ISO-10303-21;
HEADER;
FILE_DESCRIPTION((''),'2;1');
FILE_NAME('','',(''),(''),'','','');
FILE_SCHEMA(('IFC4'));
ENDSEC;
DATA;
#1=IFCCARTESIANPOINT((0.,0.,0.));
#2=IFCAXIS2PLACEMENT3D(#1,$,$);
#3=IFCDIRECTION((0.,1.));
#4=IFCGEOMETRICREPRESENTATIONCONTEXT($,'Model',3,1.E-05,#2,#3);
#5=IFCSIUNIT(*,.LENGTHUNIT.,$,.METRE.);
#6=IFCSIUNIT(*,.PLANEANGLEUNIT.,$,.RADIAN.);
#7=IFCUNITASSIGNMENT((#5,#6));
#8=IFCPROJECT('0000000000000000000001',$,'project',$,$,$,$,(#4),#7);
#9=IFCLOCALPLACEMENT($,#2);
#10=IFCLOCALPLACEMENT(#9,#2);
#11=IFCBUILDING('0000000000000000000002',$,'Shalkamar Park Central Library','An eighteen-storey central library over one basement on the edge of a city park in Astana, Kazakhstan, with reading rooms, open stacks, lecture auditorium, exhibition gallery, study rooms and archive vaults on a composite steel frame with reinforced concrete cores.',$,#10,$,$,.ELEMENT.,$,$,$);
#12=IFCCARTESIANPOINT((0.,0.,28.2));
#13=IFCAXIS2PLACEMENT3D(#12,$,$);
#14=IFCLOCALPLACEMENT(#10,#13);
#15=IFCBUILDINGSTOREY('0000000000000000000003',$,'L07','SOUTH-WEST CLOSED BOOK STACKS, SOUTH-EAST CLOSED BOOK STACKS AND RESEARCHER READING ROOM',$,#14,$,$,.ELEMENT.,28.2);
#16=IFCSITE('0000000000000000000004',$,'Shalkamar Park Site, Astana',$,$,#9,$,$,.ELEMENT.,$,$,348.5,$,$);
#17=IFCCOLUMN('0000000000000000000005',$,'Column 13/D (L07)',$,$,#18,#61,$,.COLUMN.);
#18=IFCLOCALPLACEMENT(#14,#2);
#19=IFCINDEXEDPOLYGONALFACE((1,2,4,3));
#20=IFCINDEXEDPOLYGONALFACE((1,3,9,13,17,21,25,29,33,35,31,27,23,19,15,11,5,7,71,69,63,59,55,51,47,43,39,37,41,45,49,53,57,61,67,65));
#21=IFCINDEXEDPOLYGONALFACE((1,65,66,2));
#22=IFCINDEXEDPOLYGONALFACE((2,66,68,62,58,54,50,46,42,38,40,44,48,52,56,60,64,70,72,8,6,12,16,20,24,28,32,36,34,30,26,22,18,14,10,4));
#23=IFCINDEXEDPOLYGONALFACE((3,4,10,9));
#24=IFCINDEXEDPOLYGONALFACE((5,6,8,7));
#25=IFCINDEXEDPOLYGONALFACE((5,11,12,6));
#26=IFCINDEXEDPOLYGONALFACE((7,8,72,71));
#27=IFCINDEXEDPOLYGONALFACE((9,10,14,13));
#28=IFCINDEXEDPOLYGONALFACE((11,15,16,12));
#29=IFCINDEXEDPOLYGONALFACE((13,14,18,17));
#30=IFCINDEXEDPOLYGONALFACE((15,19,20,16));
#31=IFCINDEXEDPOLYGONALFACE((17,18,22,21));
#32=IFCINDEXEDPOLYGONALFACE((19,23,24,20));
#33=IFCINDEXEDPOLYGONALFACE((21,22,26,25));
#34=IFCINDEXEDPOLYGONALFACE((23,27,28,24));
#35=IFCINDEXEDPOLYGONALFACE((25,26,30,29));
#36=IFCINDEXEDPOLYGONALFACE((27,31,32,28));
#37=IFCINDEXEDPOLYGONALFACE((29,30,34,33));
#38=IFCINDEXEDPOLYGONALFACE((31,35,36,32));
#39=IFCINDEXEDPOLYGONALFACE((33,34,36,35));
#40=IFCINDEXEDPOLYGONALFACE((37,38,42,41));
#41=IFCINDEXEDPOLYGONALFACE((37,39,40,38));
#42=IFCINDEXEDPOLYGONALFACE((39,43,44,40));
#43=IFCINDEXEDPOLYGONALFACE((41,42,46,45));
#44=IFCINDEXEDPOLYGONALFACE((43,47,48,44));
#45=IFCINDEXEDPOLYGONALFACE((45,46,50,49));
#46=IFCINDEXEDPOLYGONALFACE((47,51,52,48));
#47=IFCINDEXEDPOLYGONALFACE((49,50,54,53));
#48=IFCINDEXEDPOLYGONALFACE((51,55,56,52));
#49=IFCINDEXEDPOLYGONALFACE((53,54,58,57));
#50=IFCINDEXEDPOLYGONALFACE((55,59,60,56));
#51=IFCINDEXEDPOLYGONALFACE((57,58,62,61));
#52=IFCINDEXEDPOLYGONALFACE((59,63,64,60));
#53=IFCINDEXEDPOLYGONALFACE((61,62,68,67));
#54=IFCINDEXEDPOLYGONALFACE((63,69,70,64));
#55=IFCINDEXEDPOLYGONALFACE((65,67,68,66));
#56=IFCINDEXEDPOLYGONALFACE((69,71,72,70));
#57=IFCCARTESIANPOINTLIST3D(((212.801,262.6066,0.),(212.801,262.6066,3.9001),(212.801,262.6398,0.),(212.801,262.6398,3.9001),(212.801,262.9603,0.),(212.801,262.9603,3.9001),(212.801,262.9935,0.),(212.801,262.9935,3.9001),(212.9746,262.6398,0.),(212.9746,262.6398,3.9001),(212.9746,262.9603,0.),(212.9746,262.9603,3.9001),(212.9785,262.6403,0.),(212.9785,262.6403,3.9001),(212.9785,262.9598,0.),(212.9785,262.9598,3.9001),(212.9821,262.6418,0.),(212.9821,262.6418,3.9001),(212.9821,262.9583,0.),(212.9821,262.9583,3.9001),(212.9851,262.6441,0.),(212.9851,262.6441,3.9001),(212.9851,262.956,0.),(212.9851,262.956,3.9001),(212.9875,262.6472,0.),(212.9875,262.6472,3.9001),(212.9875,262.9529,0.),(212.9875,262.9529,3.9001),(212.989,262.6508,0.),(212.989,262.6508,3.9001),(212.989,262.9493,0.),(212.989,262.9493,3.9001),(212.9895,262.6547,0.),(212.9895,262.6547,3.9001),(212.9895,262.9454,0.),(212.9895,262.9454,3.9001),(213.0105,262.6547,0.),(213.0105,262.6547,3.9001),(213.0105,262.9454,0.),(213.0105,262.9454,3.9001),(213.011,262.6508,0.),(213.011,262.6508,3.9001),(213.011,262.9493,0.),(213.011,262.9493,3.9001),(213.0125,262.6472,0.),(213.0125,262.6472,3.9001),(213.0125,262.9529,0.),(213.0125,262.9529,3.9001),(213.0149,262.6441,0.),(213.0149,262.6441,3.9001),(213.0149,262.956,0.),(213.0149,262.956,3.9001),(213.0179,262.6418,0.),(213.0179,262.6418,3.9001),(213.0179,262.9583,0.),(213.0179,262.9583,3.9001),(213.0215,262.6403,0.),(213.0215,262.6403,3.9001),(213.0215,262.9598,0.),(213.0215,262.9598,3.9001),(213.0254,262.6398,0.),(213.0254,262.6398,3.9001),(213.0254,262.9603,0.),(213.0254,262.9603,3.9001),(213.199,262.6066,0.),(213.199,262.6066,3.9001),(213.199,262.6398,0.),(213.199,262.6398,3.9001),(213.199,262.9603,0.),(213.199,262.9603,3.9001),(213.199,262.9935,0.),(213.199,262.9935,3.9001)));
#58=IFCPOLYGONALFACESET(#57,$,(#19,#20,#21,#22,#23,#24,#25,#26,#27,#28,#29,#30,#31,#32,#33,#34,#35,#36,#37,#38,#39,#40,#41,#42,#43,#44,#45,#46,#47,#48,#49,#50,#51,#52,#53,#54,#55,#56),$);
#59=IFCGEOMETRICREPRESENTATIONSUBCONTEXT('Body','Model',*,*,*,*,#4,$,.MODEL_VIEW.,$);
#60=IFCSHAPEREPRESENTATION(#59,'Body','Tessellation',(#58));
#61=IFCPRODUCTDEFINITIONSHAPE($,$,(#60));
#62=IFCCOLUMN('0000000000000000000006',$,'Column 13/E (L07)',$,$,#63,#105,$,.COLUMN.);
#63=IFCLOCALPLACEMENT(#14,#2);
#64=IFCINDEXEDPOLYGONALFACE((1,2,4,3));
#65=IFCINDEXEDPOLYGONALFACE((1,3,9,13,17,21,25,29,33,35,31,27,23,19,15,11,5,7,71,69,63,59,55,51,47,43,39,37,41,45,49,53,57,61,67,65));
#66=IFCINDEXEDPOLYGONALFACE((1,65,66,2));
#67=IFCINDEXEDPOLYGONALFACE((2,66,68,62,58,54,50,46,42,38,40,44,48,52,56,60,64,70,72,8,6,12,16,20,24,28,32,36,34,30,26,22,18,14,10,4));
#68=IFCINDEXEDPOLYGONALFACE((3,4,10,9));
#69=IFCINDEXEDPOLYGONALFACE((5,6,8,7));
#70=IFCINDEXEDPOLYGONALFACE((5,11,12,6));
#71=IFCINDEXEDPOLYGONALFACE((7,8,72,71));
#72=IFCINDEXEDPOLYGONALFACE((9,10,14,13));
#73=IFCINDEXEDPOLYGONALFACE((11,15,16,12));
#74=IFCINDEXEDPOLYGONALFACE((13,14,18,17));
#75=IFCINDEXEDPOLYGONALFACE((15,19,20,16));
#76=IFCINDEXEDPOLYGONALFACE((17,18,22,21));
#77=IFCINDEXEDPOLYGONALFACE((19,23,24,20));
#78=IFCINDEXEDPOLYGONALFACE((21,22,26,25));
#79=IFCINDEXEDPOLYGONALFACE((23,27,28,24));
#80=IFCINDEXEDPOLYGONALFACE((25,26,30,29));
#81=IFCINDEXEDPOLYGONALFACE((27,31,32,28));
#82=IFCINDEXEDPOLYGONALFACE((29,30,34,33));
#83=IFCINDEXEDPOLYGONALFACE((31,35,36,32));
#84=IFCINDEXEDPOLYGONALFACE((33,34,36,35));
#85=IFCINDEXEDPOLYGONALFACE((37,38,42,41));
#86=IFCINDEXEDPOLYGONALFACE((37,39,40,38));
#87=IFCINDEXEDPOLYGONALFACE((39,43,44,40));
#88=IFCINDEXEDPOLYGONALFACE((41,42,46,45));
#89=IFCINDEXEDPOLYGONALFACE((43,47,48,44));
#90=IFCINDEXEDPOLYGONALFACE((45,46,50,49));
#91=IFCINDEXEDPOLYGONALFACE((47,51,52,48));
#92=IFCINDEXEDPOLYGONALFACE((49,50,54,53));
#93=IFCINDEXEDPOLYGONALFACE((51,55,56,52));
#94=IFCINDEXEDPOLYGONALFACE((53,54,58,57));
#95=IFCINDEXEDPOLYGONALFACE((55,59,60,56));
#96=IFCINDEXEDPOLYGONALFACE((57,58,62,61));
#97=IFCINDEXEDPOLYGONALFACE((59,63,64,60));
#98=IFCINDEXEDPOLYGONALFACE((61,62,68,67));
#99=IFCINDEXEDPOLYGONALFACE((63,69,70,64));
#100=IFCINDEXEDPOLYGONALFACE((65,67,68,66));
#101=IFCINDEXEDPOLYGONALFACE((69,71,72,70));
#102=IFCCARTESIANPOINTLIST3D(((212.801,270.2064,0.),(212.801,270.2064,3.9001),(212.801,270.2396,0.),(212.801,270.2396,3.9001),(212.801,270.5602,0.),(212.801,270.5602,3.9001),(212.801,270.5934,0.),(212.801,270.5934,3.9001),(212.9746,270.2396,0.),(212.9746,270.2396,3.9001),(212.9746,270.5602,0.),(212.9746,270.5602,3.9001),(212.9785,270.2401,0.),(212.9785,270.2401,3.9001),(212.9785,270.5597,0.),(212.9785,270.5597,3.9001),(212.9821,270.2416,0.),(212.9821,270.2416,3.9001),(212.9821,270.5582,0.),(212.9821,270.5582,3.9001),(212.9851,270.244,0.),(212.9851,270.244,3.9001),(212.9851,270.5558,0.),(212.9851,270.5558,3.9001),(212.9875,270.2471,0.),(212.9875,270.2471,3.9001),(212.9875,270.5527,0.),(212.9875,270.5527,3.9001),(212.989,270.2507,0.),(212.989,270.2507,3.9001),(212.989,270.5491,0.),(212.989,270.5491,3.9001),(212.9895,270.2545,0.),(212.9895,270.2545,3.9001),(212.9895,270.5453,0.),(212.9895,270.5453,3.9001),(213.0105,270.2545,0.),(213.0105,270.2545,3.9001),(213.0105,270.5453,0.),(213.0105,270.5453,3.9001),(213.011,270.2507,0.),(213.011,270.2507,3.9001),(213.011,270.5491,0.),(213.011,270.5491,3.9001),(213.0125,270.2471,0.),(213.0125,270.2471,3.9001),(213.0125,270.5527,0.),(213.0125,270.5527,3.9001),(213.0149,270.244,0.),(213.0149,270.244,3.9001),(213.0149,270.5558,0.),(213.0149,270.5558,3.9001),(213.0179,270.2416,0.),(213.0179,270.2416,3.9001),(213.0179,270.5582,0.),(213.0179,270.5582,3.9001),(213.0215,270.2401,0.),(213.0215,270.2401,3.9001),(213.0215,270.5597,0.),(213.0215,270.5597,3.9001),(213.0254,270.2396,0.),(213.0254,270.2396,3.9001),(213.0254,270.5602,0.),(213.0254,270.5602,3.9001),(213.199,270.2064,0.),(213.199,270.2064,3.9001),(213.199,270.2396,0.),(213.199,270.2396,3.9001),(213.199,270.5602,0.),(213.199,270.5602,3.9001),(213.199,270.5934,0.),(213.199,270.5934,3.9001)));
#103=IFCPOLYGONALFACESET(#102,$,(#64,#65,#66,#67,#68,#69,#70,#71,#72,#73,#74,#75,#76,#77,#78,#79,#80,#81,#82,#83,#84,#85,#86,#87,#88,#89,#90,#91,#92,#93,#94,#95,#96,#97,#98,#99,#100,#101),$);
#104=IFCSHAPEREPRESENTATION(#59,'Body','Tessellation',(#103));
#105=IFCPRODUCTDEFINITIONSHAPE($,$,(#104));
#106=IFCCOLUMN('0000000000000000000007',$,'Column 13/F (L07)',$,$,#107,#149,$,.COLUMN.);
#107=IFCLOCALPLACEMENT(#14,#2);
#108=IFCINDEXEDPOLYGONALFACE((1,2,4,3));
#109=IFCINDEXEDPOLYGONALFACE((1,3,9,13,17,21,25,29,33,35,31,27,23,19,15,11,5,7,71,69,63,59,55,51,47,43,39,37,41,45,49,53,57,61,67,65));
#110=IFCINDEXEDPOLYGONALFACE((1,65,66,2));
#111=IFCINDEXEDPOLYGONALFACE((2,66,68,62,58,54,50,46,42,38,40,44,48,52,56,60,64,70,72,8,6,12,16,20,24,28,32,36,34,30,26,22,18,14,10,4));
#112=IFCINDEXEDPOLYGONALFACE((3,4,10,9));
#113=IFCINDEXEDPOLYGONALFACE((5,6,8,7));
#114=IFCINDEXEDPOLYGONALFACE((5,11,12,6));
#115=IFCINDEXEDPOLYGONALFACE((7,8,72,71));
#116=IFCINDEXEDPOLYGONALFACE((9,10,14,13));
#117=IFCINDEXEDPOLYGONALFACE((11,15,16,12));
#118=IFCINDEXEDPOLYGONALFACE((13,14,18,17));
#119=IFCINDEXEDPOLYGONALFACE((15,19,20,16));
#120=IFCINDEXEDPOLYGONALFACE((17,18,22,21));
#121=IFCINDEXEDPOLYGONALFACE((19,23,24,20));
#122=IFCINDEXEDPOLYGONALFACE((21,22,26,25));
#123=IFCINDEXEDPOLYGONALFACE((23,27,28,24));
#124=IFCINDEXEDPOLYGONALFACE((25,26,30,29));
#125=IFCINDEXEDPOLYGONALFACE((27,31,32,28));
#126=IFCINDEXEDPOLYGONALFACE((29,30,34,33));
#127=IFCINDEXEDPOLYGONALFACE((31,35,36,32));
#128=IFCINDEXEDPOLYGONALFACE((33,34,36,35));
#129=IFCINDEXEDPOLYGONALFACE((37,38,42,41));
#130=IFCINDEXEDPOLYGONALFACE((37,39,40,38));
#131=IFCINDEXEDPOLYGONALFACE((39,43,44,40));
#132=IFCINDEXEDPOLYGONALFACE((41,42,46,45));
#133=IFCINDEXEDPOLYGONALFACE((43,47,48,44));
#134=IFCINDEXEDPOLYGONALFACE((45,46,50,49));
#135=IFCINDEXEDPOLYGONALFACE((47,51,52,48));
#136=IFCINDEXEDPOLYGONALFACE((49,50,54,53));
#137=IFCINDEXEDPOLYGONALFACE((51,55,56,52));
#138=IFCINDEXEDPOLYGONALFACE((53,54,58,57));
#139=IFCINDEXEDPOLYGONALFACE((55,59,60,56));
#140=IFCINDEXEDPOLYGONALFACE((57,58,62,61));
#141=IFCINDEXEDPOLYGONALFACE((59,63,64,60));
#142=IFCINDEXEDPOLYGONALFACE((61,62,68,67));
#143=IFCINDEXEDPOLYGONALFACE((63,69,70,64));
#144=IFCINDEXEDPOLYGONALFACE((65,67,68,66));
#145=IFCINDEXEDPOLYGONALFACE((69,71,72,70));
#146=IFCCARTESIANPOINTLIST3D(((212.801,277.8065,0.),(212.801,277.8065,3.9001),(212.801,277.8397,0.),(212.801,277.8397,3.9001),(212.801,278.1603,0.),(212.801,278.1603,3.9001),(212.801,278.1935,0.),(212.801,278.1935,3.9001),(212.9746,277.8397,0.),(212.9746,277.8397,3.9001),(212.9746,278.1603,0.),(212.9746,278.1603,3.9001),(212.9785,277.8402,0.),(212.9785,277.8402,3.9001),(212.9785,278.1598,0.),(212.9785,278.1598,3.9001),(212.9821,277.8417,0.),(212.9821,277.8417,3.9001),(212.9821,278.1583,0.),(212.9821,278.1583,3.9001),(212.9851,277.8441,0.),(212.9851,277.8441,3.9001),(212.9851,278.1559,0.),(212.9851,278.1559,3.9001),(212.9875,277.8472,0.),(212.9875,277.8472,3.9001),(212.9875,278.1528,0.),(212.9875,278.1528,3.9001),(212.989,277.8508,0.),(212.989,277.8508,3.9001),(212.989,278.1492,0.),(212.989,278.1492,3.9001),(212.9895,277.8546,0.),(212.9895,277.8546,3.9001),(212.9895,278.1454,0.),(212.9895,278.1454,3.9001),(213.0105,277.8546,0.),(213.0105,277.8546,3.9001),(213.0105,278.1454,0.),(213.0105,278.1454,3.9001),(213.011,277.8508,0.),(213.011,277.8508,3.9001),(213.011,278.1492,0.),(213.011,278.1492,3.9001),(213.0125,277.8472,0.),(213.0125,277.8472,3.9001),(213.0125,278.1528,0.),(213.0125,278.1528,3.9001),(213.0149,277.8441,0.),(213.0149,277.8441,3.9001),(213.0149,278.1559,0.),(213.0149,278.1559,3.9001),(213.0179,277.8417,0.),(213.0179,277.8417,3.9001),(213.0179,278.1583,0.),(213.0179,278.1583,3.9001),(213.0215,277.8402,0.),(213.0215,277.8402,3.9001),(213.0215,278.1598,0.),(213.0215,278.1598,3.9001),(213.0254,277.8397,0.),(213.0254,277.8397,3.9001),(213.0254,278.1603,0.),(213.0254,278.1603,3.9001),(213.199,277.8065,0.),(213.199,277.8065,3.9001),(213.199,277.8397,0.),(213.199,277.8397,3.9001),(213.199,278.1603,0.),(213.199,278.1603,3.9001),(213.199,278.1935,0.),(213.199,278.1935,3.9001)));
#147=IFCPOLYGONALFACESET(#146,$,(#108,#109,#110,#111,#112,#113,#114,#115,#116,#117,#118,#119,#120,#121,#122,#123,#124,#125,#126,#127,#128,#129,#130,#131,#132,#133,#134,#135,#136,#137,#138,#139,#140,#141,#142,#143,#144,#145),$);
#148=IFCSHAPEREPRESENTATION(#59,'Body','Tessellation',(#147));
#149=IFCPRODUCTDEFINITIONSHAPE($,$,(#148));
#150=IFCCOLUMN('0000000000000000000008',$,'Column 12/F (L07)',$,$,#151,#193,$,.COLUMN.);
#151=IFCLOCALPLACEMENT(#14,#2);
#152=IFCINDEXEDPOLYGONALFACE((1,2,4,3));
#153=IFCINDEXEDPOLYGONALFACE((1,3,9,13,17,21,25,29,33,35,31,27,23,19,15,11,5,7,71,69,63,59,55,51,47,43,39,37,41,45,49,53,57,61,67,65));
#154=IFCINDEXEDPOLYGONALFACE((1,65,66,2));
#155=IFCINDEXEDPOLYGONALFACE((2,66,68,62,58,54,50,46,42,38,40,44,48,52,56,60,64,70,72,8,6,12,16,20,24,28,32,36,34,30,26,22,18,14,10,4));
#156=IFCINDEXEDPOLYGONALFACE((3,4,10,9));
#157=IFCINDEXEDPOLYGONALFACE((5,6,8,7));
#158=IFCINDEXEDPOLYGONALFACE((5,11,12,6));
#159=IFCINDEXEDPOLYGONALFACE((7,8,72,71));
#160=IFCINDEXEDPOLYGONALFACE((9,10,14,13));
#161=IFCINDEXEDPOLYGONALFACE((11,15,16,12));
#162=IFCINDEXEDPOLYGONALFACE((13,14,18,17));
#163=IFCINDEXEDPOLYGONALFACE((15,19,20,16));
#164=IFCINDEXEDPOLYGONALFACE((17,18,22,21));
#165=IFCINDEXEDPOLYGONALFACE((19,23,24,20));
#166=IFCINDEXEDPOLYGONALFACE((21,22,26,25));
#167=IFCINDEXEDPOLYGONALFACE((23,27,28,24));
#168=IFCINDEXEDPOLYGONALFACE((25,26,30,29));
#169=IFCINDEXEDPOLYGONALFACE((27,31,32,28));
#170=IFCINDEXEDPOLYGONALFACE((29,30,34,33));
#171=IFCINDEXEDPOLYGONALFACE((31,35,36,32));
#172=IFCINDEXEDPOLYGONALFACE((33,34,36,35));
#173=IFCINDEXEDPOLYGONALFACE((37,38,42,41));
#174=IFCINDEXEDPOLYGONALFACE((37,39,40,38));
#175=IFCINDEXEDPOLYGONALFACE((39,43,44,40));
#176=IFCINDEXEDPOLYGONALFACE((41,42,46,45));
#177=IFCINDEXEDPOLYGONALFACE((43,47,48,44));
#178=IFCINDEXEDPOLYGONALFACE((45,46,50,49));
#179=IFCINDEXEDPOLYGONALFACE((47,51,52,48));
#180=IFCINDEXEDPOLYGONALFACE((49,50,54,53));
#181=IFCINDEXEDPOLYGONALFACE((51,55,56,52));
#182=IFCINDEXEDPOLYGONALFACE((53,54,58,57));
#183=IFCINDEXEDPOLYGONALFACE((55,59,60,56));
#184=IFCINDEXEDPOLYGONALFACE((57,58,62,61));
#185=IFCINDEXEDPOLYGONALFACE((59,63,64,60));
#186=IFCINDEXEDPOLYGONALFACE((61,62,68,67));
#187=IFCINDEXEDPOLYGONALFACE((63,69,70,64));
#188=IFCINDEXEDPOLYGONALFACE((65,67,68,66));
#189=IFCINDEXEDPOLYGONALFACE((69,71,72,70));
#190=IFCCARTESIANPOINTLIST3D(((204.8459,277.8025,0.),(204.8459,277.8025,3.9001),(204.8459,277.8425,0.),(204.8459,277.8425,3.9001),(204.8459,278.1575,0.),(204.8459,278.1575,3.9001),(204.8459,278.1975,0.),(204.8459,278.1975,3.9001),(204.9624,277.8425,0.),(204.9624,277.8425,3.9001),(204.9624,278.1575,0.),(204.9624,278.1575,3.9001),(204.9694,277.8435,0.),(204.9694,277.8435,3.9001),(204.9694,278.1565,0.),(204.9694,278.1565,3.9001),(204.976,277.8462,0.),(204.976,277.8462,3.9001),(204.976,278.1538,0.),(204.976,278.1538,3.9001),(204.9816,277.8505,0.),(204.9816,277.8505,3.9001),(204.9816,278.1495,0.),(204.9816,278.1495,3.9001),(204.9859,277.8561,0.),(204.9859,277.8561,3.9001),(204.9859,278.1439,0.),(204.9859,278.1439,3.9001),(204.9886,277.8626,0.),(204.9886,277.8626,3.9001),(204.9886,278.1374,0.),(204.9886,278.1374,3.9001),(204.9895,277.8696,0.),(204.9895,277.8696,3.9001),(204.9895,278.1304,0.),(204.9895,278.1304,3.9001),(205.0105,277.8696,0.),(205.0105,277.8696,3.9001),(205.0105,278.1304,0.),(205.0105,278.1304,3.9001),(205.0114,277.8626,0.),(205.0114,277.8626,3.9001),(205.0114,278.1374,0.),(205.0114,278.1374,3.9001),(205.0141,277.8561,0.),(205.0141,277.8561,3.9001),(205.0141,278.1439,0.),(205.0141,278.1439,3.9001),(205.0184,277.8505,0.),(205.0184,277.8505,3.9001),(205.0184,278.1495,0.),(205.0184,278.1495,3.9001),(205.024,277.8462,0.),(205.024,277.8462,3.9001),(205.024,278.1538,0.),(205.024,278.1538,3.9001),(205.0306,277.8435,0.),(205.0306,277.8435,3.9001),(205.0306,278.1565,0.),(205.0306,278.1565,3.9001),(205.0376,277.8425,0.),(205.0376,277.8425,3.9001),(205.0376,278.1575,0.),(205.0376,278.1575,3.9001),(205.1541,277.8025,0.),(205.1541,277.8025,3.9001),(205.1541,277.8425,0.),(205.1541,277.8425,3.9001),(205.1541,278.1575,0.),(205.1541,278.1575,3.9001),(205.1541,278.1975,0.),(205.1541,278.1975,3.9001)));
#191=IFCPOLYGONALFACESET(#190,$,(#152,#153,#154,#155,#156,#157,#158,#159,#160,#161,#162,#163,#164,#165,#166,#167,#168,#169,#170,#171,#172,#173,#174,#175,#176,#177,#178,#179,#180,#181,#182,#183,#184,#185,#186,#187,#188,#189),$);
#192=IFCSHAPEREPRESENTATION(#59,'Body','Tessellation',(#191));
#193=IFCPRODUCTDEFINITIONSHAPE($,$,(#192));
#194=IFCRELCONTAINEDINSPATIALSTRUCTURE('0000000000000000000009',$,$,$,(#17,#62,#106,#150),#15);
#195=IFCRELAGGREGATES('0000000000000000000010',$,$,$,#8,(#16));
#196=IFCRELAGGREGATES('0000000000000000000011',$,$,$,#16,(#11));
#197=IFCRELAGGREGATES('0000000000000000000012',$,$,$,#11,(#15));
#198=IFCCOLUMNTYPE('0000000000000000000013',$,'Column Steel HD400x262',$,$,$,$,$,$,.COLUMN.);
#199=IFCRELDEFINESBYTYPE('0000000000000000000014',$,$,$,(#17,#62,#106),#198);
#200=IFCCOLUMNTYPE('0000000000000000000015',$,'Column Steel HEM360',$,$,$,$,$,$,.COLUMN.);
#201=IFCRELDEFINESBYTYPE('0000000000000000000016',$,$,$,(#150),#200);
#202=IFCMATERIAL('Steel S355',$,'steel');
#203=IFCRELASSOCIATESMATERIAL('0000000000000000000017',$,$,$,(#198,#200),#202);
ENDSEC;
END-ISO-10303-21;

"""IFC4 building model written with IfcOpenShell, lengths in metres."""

from ifc_helpers import new_model, si_unit, direction, frame, origin, origin_2d, place, context, subcontext, project, spatial, i_section, extrude, material, material_profile, profile_set, type_object, element, save


model = new_model("IFC4")

# Units and contexts
model_context = context("Model", 3, precision=1e-05, world=origin(), true_north=direction((0.0, 1.0)))
body_context = subcontext(model_context, "Body", "Model", "MODEL_VIEW")
ifc_project = project(units=[si_unit("LENGTHUNIT", "METRE"), si_unit("PLANEANGLEUNIT", "RADIAN")], contexts=[model_context])

# Site, building, storey
site_placement = place(None, origin())
site = spatial("IfcSite", under=ifc_project, at=site_placement, Name="Shalkamar Park Site, Astana", CompositionType="ELEMENT", RefElevation=348.5)
building_placement = place(site_placement, origin())
building = spatial("IfcBuilding", under=site, at=building_placement, Name="Shalkamar Park Central Library", Description="An eighteen-storey central library over one basement on the edge of a city park in Astana, Kazakhstan, with reading rooms, open stacks, lecture auditorium, exhibition gallery, study rooms and archive vaults on a composite steel frame with reinforced concrete cores.", CompositionType="ELEMENT")
storey_placement = place(building_placement, frame((0.0, 0.0, 28.2)))
storey = spatial("IfcBuildingStorey", under=building, at=storey_placement, Name="L07", Description="SOUTH-WEST CLOSED BOOK STACKS, SOUTH-EAST CLOSED BOOK STACKS AND RESEARCHER READING ROOM", CompositionType="ELEMENT", Elevation=28.2)

# Columns
ifc_material_1 = material(Name="Steel S355", Category="steel")
ifc_material_profile_1 = material_profile(ifc_material_1, i_section(OverallWidth=0.3979, OverallDepth=0.387, WebThickness=0.021, FlangeThickness=0.0332, FilletRadius=0.0149, at=origin_2d()), Name="HD 400x262")
ifc_profile_set_1 = profile_set([ifc_material_profile_1], Name="Steel S355")
column_type_1 = type_object("IfcColumnType", Name="Column Steel HD400x262", PredefinedType="COLUMN", material=ifc_profile_set_1)
for number, where, z_axis, x_axis, name in (
    (1, (213.0, 262.8, 0.0), (0.0, 0.0, 1.0), (1.0, 0.0, 0.0), "Column 13/D (L07)"),
    (2, (213.0, 270.3999, 0.0), (0.0, 0.0, 1.0), (1.0, 0.0, 0.0), "Column 13/E (L07)"),
    (3, (213.0, 278.0, 0.0), (0.0, 0.0, 1.0), (1.0, 0.0, 0.0), "Column 13/F (L07)"),
):
    element("IfcColumn", number, at=place(storey_placement, frame(where, z_axis=z_axis, x_axis=x_axis)), inside=storey, type_object=column_type_1, Name=name, PredefinedType="COLUMN", context=body_context, shape_type="SweptSolid", body=[
        extrude(i_section(OverallWidth=0.3979, OverallDepth=0.387, WebThickness=0.021, FlangeThickness=0.0332, FilletRadius=0.0149, at=origin_2d()), origin(), (0.0, 0.0, 1.0), 3.9001),
    ])
ifc_material_profile_2 = material_profile(ifc_material_1, i_section(OverallWidth=0.3081, OverallDepth=0.395, WebThickness=0.021, FlangeThickness=0.04, FilletRadius=0.0271, at=origin_2d()), Name="HEM 360")
ifc_profile_set_2 = profile_set([ifc_material_profile_2], Name="Steel S355")
column_type_2 = type_object("IfcColumnType", Name="Column Steel HEM360", PredefinedType="COLUMN", material=ifc_profile_set_2)
for number, where, z_axis, x_axis, name in (
    (4, (205.0, 278.0, 0.0), (0.0, 0.0, 1.0), (1.0, 0.0, 0.0), "Column 12/F (L07)"),
):
    element("IfcColumn", number, at=place(storey_placement, frame(where, z_axis=z_axis, x_axis=x_axis)), inside=storey, type_object=column_type_2, Name=name, PredefinedType="COLUMN", context=body_context, shape_type="SweptSolid", body=[
        extrude(i_section(OverallWidth=0.3081, OverallDepth=0.395, WebThickness=0.021, FlangeThickness=0.04, FilletRadius=0.0271, at=origin_2d()), origin(), (0.0, 0.0, 1.0), 3.9001),
    ])

save(model, "model.ifc")
